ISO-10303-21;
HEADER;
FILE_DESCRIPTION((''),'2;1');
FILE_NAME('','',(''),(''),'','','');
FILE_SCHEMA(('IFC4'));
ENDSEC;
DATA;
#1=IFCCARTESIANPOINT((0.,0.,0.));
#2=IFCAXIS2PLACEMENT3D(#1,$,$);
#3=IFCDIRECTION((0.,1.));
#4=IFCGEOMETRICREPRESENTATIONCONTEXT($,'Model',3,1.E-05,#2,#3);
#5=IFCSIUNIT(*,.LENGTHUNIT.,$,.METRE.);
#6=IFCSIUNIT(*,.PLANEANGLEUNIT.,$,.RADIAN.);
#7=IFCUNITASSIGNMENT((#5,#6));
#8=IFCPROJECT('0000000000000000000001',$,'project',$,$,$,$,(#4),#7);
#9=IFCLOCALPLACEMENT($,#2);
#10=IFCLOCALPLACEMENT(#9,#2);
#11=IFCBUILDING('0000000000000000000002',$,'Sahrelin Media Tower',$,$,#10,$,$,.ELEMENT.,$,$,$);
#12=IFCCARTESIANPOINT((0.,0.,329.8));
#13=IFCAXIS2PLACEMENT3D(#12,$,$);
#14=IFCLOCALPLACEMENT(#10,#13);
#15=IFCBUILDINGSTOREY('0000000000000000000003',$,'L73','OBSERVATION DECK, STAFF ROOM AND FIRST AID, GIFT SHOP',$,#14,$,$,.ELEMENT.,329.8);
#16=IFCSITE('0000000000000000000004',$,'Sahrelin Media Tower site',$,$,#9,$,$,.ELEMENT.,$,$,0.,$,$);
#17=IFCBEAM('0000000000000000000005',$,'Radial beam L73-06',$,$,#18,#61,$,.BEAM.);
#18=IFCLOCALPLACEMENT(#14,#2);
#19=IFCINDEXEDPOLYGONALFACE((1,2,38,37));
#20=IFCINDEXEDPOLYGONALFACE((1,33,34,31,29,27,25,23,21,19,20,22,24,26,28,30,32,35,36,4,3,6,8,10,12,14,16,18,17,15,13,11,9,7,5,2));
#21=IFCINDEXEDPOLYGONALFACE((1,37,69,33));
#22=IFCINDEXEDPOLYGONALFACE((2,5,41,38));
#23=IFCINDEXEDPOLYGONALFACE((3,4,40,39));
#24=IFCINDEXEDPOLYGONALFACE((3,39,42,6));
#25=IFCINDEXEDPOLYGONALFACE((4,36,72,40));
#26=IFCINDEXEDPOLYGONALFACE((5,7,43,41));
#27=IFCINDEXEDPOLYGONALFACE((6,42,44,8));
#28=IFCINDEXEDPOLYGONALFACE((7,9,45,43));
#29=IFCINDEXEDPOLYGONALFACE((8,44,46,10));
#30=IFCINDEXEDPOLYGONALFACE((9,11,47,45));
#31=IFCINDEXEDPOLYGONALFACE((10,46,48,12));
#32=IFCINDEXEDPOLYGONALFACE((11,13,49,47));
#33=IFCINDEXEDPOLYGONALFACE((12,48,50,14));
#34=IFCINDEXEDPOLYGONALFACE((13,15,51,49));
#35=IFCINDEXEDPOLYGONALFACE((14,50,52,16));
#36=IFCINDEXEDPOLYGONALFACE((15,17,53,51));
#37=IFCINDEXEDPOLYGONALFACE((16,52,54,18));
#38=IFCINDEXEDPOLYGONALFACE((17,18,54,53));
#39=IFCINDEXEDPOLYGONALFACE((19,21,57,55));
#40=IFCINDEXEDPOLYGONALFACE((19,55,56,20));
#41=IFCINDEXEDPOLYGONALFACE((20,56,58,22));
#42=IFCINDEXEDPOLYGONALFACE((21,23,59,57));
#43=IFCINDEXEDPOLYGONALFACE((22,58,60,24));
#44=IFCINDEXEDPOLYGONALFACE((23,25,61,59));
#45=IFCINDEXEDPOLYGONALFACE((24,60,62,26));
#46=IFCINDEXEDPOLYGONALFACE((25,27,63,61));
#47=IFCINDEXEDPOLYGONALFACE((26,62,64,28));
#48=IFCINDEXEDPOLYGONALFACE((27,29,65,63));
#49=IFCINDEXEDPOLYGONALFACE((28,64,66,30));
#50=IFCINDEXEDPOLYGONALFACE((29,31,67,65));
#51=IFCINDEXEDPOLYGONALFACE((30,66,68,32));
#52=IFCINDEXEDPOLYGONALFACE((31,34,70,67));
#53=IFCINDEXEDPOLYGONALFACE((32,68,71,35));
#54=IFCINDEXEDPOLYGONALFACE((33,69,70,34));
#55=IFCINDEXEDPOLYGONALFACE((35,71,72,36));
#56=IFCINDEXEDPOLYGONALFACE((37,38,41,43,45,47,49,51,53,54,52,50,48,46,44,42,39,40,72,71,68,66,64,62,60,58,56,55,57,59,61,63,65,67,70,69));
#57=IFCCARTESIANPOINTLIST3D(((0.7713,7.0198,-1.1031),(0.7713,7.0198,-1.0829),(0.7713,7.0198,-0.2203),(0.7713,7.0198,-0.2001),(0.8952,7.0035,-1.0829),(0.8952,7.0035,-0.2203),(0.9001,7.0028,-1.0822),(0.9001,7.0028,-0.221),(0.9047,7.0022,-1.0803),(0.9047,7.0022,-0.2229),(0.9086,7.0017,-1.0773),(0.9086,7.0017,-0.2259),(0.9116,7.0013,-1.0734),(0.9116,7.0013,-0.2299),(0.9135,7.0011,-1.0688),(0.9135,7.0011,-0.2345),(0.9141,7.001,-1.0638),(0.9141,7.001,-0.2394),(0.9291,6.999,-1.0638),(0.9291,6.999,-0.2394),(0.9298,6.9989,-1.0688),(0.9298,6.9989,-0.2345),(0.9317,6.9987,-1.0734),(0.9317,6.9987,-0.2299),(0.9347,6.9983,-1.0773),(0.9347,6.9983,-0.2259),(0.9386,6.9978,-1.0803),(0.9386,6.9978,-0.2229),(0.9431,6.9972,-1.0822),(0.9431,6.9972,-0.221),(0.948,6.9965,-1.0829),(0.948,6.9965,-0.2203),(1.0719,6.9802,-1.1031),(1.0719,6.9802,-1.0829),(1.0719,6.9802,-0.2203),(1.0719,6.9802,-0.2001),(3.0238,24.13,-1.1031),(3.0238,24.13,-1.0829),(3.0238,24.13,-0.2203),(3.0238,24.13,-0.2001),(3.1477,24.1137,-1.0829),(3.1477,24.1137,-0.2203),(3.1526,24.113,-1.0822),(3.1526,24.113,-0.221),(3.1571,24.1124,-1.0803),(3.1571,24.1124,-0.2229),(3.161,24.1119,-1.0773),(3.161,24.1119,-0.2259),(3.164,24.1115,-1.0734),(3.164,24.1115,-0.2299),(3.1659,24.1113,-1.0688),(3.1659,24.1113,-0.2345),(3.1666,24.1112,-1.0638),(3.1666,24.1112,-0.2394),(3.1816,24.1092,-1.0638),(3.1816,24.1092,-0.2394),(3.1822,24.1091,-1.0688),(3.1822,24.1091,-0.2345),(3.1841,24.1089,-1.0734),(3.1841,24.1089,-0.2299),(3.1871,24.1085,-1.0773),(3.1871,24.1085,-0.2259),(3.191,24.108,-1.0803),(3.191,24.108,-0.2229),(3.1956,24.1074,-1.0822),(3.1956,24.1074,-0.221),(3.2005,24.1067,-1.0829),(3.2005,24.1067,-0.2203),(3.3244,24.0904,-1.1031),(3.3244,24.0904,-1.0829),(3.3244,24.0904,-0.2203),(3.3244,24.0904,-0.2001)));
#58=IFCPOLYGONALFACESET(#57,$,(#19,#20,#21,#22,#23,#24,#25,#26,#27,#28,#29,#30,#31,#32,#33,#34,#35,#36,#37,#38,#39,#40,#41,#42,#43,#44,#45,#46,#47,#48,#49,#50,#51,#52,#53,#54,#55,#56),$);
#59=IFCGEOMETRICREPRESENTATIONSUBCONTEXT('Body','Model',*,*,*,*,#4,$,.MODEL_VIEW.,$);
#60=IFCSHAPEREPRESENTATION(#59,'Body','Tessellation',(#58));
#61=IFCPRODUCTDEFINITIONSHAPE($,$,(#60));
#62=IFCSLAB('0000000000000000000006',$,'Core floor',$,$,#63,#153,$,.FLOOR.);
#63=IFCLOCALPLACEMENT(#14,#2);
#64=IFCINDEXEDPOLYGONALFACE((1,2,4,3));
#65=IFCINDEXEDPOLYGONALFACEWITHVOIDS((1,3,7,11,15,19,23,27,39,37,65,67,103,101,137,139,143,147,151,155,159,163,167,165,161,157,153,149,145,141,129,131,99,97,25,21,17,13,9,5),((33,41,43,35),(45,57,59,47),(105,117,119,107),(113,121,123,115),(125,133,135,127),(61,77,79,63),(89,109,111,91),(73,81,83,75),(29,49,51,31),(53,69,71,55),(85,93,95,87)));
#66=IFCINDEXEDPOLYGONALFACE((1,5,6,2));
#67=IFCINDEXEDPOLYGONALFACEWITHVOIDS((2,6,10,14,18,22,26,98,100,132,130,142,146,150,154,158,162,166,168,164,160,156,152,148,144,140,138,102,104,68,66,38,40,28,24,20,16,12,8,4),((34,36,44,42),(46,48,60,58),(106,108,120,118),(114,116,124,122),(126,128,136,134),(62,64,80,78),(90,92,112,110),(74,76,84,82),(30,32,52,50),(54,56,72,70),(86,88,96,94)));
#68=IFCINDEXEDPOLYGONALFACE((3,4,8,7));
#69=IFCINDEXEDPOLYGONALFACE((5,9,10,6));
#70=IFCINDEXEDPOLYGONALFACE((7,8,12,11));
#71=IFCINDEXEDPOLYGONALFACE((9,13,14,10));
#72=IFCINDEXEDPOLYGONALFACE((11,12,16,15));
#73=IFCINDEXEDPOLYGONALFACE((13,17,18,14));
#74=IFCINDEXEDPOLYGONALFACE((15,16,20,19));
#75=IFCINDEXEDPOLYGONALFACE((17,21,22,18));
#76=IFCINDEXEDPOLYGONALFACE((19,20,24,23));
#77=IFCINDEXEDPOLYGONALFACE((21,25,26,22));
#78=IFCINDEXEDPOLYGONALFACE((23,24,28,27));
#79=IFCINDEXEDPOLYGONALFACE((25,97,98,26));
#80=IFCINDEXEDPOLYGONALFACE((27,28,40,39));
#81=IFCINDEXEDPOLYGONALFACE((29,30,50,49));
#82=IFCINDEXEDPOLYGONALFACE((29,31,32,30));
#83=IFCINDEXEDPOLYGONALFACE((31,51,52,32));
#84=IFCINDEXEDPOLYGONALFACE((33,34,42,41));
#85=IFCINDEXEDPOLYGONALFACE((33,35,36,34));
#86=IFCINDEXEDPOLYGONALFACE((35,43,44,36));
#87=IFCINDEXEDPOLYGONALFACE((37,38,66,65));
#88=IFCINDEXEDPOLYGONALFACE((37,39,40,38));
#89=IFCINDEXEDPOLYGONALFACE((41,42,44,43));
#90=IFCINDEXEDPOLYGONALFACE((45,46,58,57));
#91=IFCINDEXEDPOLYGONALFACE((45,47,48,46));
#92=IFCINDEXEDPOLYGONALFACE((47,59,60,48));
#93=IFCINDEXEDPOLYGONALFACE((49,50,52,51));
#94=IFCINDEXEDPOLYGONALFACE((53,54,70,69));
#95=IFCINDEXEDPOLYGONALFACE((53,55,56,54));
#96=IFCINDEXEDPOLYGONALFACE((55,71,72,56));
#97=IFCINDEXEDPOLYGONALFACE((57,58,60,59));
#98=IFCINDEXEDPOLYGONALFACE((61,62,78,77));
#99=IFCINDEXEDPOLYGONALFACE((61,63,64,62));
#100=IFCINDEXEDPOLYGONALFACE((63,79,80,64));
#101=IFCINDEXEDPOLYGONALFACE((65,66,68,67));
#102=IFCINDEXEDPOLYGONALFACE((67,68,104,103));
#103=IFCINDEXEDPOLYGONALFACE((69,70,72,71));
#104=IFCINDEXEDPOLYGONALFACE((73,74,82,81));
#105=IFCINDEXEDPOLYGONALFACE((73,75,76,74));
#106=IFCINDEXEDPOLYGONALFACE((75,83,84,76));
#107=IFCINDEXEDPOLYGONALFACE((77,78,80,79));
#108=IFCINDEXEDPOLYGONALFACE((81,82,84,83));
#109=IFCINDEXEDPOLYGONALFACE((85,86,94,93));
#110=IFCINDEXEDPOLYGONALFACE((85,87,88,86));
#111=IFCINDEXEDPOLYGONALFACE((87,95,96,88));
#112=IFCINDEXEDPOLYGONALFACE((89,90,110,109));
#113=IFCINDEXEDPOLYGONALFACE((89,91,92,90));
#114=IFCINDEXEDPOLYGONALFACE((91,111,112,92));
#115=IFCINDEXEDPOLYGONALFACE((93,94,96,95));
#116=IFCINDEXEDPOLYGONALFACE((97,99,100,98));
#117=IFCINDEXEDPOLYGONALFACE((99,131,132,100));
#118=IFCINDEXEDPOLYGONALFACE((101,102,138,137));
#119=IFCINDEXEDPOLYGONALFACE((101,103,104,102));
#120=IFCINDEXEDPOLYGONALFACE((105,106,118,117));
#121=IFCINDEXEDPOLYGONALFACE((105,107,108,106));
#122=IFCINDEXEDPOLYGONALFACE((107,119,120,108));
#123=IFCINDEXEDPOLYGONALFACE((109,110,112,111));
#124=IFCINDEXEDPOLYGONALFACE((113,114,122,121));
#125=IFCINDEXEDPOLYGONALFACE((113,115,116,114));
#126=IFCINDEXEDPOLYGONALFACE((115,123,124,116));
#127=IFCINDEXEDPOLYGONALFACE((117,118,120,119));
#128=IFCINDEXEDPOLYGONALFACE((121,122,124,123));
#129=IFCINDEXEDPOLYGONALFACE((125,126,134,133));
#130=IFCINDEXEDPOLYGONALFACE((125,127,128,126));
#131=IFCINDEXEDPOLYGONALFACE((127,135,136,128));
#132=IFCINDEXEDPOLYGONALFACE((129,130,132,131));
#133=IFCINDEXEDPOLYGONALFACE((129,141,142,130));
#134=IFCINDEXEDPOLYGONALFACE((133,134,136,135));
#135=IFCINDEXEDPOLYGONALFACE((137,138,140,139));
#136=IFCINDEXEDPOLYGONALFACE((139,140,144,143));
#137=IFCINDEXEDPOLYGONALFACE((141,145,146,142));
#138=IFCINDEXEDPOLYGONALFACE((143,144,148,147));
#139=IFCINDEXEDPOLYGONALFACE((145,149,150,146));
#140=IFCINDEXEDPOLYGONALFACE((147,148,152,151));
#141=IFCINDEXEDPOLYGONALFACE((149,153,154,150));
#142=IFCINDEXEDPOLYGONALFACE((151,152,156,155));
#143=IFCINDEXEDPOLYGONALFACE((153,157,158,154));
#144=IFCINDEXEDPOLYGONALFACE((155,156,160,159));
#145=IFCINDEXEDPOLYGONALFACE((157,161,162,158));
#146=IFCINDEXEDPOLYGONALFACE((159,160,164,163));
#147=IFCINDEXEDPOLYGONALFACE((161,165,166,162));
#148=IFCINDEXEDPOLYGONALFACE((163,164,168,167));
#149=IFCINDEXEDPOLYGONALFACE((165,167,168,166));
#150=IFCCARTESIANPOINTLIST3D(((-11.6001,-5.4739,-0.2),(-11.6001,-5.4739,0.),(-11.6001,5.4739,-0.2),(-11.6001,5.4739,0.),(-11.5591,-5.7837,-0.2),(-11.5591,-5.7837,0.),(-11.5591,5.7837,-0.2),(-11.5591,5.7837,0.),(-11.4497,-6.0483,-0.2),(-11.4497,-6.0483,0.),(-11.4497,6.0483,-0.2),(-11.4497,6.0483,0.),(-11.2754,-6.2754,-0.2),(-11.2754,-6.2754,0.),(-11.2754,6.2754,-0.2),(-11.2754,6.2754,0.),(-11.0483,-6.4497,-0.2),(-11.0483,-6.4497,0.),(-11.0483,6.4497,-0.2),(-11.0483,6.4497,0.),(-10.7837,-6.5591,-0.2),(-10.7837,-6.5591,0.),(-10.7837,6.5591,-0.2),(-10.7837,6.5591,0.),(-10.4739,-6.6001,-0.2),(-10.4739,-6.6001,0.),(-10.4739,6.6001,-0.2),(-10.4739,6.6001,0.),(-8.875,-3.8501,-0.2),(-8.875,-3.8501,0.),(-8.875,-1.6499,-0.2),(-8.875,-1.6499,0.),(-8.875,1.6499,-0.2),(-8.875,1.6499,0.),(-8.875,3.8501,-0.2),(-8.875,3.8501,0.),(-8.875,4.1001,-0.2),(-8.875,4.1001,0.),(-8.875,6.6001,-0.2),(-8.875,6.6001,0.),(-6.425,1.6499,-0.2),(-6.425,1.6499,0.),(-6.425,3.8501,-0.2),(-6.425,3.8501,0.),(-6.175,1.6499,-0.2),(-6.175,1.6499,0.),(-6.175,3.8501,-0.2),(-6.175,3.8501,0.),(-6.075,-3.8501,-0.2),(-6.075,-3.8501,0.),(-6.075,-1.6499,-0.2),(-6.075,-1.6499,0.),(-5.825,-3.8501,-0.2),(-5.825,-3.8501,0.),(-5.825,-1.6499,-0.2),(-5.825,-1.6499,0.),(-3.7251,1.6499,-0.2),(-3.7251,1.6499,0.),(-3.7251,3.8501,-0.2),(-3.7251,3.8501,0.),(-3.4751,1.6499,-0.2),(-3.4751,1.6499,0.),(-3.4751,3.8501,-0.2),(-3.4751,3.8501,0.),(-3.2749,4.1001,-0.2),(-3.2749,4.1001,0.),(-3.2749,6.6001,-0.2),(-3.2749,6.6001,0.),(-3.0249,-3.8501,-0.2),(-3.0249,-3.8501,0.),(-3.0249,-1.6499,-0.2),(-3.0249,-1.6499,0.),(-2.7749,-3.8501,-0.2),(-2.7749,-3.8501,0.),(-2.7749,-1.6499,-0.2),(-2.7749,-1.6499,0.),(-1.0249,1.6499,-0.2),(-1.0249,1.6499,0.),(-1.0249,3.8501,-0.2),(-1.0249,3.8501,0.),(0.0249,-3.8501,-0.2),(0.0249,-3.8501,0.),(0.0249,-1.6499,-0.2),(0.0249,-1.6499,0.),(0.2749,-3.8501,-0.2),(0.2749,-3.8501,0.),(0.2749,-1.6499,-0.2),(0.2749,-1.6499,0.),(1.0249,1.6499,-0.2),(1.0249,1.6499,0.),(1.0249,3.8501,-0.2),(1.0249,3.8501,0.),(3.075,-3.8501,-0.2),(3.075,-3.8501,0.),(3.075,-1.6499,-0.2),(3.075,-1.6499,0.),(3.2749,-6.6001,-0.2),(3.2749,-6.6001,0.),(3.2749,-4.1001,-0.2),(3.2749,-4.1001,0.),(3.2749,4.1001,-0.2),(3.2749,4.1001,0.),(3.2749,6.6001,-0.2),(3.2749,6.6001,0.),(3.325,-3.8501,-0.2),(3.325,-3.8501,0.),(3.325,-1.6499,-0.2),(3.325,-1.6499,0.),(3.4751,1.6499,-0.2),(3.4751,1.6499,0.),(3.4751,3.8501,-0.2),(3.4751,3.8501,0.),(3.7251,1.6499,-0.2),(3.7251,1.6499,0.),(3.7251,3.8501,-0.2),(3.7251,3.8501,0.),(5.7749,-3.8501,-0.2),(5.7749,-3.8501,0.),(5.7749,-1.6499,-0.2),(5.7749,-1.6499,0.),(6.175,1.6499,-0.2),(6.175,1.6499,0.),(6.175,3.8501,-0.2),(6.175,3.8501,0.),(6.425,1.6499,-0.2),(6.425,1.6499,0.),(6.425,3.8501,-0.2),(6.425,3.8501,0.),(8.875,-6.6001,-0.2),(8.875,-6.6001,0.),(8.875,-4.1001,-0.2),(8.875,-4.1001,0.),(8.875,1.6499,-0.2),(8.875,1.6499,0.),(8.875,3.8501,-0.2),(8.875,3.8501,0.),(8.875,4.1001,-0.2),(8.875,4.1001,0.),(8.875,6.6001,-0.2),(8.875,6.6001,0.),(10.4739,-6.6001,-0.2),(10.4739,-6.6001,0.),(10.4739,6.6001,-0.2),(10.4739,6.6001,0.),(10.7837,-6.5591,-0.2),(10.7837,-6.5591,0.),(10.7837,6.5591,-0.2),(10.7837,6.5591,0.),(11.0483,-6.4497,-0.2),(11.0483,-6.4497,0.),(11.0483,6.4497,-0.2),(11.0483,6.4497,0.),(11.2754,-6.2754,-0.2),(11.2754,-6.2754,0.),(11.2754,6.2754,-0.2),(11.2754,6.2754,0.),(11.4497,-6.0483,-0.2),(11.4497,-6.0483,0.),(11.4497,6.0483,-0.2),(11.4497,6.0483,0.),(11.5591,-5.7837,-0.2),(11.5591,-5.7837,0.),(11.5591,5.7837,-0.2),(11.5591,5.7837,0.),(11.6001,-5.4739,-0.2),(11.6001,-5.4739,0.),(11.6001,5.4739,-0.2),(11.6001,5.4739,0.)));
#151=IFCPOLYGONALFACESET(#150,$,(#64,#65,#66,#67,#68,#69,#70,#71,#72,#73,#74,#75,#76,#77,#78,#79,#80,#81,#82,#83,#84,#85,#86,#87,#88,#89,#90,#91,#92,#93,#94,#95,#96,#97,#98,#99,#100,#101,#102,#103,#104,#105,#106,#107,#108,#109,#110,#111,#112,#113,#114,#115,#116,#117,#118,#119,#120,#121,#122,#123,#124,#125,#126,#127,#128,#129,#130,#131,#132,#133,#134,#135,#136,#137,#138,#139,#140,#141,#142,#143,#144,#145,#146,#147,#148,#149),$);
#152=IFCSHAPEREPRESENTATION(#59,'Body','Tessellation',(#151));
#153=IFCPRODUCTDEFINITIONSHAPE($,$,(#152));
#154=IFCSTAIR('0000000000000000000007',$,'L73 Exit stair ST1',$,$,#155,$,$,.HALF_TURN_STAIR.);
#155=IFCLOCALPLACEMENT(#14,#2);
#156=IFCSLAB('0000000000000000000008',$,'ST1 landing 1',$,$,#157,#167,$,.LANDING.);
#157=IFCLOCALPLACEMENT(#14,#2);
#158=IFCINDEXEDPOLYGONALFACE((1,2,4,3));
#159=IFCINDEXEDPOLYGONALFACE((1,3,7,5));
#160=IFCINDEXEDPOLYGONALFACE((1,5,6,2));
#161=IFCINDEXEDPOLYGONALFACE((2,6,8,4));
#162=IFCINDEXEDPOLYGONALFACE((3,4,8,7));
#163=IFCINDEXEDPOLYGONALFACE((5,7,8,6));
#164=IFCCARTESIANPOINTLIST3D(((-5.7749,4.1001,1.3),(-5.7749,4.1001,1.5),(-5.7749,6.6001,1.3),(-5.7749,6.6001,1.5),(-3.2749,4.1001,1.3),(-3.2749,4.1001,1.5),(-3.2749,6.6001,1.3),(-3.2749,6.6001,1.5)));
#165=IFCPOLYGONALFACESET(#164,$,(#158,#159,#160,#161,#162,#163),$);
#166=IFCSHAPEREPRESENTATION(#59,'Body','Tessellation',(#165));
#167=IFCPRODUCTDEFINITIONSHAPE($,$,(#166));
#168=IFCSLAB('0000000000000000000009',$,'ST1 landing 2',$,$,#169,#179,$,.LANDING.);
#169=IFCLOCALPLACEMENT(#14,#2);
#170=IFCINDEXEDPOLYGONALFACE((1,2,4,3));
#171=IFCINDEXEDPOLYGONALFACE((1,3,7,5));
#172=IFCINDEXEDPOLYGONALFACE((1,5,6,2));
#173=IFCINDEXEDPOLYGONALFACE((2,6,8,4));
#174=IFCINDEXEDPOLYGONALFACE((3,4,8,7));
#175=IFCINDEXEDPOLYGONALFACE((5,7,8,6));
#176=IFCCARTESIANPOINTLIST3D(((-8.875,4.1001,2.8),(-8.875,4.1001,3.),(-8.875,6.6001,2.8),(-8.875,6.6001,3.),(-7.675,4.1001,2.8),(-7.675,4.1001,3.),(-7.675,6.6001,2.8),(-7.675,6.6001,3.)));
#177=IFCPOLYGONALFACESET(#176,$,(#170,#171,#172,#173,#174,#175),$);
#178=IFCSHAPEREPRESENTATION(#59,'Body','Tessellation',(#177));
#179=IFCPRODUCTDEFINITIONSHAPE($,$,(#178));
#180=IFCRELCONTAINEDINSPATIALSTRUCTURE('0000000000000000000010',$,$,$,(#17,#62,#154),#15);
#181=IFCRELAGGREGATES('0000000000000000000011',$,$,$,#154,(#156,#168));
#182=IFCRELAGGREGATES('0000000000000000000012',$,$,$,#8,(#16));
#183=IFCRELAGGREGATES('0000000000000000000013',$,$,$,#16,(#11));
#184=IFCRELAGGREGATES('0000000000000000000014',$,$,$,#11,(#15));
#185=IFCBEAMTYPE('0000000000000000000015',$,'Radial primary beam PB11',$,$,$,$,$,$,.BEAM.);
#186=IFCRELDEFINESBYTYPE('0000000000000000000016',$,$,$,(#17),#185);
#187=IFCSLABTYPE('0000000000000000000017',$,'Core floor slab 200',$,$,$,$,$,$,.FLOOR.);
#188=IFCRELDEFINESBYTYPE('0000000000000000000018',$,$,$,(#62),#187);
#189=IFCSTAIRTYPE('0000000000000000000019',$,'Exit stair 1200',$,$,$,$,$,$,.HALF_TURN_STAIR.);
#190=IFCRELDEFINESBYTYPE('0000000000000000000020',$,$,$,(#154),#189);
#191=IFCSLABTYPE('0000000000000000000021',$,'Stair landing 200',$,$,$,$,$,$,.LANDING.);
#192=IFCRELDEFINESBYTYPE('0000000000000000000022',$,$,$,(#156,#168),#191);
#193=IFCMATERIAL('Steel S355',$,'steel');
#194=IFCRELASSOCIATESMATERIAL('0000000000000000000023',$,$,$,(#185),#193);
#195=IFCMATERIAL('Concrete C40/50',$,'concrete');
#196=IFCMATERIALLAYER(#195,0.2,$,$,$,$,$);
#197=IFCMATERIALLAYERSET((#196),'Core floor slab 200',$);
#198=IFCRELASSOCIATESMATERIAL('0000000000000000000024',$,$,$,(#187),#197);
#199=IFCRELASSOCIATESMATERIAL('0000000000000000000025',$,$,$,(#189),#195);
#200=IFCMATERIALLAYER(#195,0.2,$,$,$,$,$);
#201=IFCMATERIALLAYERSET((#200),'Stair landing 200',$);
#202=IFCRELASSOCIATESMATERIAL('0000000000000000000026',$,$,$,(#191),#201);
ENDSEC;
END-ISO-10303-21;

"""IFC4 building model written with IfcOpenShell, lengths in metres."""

from ifc_helpers import new_model, si_unit, direction, frame, origin, origin_2d, place, context, subcontext, project, spatial, polyline, i_section, outline, extrude, material, layer, layer_set, material_profile, profile_set, type_object, element, aggregate, save


model = new_model("IFC4")

# Units and contexts
model_context = context("Model", 3, precision=1e-05, world=origin(), true_north=direction((0.0, 1.0)))
body_context = subcontext(model_context, "Body", "Model", "MODEL_VIEW")
ifc_project = project(units=[si_unit("LENGTHUNIT", "METRE"), si_unit("PLANEANGLEUNIT", "RADIAN")], contexts=[model_context])

# Site, building, storey
site_placement = place(None, origin())
site = spatial("IfcSite", under=ifc_project, at=site_placement, Name="Sahrelin Media Tower site", CompositionType="ELEMENT", RefElevation=0.0)
building_placement = place(site_placement, origin())
building = spatial("IfcBuilding", under=site, at=building_placement, Name="Sahrelin Media Tower", CompositionType="ELEMENT")
storey_placement = place(building_placement, frame((0.0, 0.0, 329.8)))
storey = spatial("IfcBuildingStorey", under=building, at=storey_placement, Name="L73", Description="OBSERVATION DECK, STAFF ROOM AND FIRST AID, GIFT SHOP", CompositionType="ELEMENT", Elevation=329.8)

# Beam
ifc_material_1 = material(Name="Steel S355", Category="steel")
ifc_material_profile = material_profile(ifc_material_1, i_section(OverallWidth=0.3032, OverallDepth=0.9031, WebThickness=0.0151, FlangeThickness=0.0203, FilletRadius=0.019, at=origin_2d()), Name="UB 914x305x201")
ifc_profile_set = profile_set([ifc_material_profile], Name="Steel S355")
beam_type = type_object("IfcBeamType", Name="Radial primary beam PB11", PredefinedType="BEAM", material=ifc_profile_set)
beam_placement = place(storey_placement, frame((0.9216, 7.0, -0.6516), z_axis=(0.130518, 0.991446, 0.0), x_axis=(-0.991446, 0.130518, 0.0)))
element("IfcBeam", 1, at=beam_placement, inside=storey, type_object=beam_type, Name="Radial beam L73-06", PredefinedType="BEAM", context=body_context, shape_type="SweptSolid", body=[
    extrude(i_section(OverallWidth=0.3032, OverallDepth=0.9031, WebThickness=0.0151, FlangeThickness=0.0203, FilletRadius=0.019, at=origin_2d()), origin(), (0.0, 0.0, 1.0), 17.2578),
])

# Slab
ifc_material_2 = material(Name="Concrete C40/50", Category="concrete")
ifc_layer_1 = layer(ifc_material_2, 0.2)
ifc_layer_set_1 = layer_set([ifc_layer_1], Name="Core floor slab 200")
slab_type_1 = type_object("IfcSlabType", Name="Core floor slab 200", PredefinedType="FLOOR", material=ifc_layer_set_1)
placement_1 = place(storey_placement, frame((0.0, 0.0, -0.2)))
element("IfcSlab", 2, at=placement_1, inside=storey, type_object=slab_type_1, Name="Core floor", PredefinedType="FLOOR", context=body_context, shape_type="SweptSolid", body=[
    extrude(outline(polyline([(-11.6001, -5.4739), (-11.5591, -5.7837), (-11.4497, -6.0483), (-11.2754, -6.2754), (-11.0483, -6.4497), (-10.7837, -6.5591), (-10.4739, -6.6001), (3.2749, -6.6001), (3.2749, -4.1001), (8.875, -4.1001), (8.875, -6.6001), (10.4739, -6.6001), (10.7837, -6.5591), (11.0483, -6.4497), (11.2754, -6.2754), (11.4497, -6.0483), (11.5591, -5.7837), (11.6001, -5.4739), (11.6001, 5.4739), (11.5591, 5.7837), (11.4497, 6.0483), (11.2754, 6.2754), (11.0483, 6.4497), (10.7837, 6.5591), (10.4739, 6.6001), (8.875, 6.6001), (8.875, 4.1001), (3.2749, 4.1001), (3.2749, 6.6001), (-3.2749, 6.6001), (-3.2749, 4.1001), (-8.875, 4.1001), (-8.875, 6.6001), (-10.4739, 6.6001), (-10.7837, 6.5591), (-11.0483, 6.4497), (-11.2754, 6.2754), (-11.4497, 6.0483), (-11.5591, 5.7837), (-11.6001, 5.4739), (-11.6001, -5.4739)]), holes=[polyline([(-8.875, 3.8501), (-8.875, 1.6499), (-6.425, 1.6499), (-6.425, 3.8501), (-8.875, 3.8501)]), polyline([(-3.7251, 3.8501), (-6.175, 3.8501), (-6.175, 1.6499), (-3.7251, 1.6499), (-3.7251, 3.8501)]), polyline([(-1.0249, 1.6499), (-1.0249, 3.8501), (-3.4751, 3.8501), (-3.4751, 1.6499), (-1.0249, 1.6499)]), polyline([(1.0249, 1.6499), (3.4751, 1.6499), (3.4751, 3.8501), (1.0249, 3.8501), (1.0249, 1.6499)]), polyline([(3.7251, 3.8501), (3.7251, 1.6499), (6.175, 1.6499), (6.175, 3.8501), (3.7251, 3.8501)]), polyline([(8.875, 3.8501), (6.425, 3.8501), (6.425, 1.6499), (8.875, 1.6499), (8.875, 3.8501)]), polyline([(-6.075, -3.8501), (-6.075, -1.6499), (-8.875, -1.6499), (-8.875, -3.8501), (-6.075, -3.8501)]), polyline([(-5.825, -3.8501), (-3.0249, -3.8501), (-3.0249, -1.6499), (-5.825, -1.6499), (-5.825, -3.8501)]), polyline([(-2.7749, -1.6499), (-2.7749, -3.8501), (0.0249, -3.8501), (0.0249, -1.6499), (-2.7749, -1.6499)]), polyline([(3.075, -1.6499), (0.2749, -1.6499), (0.2749, -3.8501), (3.075, -3.8501), (3.075, -1.6499)]), polyline([(5.7749, -3.8501), (5.7749, -1.6499), (3.325, -1.6499), (3.325, -3.8501), (5.7749, -3.8501)])]), origin(), (0.0, 0.0, 1.0), 0.2),
])

# Stair, slabs
stair_type = type_object("IfcStairType", Name="Exit stair 1200", PredefinedType="HALF_TURN_STAIR", material=ifc_material_2)
placement_2 = place(storey_placement, origin())
stair_1 = element("IfcStair", 3, at=placement_2, inside=storey, type_object=stair_type, Name="L73 Exit stair ST1", PredefinedType="HALF_TURN_STAIR")
ifc_layer_2 = layer(ifc_material_2, 0.2)
ifc_layer_set_2 = layer_set([ifc_layer_2], Name="Stair landing 200")
slab_type_2 = type_object("IfcSlabType", Name="Stair landing 200", PredefinedType="LANDING", material=ifc_layer_set_2)
placement_3 = place(storey_placement, frame((0.0, 0.0, 1.3)))
slab_1 = element("IfcSlab", 4, at=placement_3, type_object=slab_type_2, Name="ST1 landing 1", PredefinedType="LANDING", context=body_context, shape_type="SweptSolid", body=[
    extrude(outline(polyline([(-5.7749, 4.1001), (-3.2749, 4.1001), (-3.2749, 6.6001), (-5.7749, 6.6001), (-5.7749, 4.1001)])), origin(), (0.0, 0.0, 1.0), 0.2),
])
placement_4 = place(storey_placement, frame((0.0, 0.0, 2.8)))
slab_2 = element("IfcSlab", 5, at=placement_4, type_object=slab_type_2, Name="ST1 landing 2", PredefinedType="LANDING", context=body_context, shape_type="SweptSolid", body=[
    extrude(outline(polyline([(-8.875, 4.1001), (-7.675, 4.1001), (-7.675, 6.6001), (-8.875, 6.6001), (-8.875, 4.1001)])), origin(), (0.0, 0.0, 1.0), 0.2),
])
aggregate(stair_1, [slab_1, slab_2])

save(model, "model.ifc")
